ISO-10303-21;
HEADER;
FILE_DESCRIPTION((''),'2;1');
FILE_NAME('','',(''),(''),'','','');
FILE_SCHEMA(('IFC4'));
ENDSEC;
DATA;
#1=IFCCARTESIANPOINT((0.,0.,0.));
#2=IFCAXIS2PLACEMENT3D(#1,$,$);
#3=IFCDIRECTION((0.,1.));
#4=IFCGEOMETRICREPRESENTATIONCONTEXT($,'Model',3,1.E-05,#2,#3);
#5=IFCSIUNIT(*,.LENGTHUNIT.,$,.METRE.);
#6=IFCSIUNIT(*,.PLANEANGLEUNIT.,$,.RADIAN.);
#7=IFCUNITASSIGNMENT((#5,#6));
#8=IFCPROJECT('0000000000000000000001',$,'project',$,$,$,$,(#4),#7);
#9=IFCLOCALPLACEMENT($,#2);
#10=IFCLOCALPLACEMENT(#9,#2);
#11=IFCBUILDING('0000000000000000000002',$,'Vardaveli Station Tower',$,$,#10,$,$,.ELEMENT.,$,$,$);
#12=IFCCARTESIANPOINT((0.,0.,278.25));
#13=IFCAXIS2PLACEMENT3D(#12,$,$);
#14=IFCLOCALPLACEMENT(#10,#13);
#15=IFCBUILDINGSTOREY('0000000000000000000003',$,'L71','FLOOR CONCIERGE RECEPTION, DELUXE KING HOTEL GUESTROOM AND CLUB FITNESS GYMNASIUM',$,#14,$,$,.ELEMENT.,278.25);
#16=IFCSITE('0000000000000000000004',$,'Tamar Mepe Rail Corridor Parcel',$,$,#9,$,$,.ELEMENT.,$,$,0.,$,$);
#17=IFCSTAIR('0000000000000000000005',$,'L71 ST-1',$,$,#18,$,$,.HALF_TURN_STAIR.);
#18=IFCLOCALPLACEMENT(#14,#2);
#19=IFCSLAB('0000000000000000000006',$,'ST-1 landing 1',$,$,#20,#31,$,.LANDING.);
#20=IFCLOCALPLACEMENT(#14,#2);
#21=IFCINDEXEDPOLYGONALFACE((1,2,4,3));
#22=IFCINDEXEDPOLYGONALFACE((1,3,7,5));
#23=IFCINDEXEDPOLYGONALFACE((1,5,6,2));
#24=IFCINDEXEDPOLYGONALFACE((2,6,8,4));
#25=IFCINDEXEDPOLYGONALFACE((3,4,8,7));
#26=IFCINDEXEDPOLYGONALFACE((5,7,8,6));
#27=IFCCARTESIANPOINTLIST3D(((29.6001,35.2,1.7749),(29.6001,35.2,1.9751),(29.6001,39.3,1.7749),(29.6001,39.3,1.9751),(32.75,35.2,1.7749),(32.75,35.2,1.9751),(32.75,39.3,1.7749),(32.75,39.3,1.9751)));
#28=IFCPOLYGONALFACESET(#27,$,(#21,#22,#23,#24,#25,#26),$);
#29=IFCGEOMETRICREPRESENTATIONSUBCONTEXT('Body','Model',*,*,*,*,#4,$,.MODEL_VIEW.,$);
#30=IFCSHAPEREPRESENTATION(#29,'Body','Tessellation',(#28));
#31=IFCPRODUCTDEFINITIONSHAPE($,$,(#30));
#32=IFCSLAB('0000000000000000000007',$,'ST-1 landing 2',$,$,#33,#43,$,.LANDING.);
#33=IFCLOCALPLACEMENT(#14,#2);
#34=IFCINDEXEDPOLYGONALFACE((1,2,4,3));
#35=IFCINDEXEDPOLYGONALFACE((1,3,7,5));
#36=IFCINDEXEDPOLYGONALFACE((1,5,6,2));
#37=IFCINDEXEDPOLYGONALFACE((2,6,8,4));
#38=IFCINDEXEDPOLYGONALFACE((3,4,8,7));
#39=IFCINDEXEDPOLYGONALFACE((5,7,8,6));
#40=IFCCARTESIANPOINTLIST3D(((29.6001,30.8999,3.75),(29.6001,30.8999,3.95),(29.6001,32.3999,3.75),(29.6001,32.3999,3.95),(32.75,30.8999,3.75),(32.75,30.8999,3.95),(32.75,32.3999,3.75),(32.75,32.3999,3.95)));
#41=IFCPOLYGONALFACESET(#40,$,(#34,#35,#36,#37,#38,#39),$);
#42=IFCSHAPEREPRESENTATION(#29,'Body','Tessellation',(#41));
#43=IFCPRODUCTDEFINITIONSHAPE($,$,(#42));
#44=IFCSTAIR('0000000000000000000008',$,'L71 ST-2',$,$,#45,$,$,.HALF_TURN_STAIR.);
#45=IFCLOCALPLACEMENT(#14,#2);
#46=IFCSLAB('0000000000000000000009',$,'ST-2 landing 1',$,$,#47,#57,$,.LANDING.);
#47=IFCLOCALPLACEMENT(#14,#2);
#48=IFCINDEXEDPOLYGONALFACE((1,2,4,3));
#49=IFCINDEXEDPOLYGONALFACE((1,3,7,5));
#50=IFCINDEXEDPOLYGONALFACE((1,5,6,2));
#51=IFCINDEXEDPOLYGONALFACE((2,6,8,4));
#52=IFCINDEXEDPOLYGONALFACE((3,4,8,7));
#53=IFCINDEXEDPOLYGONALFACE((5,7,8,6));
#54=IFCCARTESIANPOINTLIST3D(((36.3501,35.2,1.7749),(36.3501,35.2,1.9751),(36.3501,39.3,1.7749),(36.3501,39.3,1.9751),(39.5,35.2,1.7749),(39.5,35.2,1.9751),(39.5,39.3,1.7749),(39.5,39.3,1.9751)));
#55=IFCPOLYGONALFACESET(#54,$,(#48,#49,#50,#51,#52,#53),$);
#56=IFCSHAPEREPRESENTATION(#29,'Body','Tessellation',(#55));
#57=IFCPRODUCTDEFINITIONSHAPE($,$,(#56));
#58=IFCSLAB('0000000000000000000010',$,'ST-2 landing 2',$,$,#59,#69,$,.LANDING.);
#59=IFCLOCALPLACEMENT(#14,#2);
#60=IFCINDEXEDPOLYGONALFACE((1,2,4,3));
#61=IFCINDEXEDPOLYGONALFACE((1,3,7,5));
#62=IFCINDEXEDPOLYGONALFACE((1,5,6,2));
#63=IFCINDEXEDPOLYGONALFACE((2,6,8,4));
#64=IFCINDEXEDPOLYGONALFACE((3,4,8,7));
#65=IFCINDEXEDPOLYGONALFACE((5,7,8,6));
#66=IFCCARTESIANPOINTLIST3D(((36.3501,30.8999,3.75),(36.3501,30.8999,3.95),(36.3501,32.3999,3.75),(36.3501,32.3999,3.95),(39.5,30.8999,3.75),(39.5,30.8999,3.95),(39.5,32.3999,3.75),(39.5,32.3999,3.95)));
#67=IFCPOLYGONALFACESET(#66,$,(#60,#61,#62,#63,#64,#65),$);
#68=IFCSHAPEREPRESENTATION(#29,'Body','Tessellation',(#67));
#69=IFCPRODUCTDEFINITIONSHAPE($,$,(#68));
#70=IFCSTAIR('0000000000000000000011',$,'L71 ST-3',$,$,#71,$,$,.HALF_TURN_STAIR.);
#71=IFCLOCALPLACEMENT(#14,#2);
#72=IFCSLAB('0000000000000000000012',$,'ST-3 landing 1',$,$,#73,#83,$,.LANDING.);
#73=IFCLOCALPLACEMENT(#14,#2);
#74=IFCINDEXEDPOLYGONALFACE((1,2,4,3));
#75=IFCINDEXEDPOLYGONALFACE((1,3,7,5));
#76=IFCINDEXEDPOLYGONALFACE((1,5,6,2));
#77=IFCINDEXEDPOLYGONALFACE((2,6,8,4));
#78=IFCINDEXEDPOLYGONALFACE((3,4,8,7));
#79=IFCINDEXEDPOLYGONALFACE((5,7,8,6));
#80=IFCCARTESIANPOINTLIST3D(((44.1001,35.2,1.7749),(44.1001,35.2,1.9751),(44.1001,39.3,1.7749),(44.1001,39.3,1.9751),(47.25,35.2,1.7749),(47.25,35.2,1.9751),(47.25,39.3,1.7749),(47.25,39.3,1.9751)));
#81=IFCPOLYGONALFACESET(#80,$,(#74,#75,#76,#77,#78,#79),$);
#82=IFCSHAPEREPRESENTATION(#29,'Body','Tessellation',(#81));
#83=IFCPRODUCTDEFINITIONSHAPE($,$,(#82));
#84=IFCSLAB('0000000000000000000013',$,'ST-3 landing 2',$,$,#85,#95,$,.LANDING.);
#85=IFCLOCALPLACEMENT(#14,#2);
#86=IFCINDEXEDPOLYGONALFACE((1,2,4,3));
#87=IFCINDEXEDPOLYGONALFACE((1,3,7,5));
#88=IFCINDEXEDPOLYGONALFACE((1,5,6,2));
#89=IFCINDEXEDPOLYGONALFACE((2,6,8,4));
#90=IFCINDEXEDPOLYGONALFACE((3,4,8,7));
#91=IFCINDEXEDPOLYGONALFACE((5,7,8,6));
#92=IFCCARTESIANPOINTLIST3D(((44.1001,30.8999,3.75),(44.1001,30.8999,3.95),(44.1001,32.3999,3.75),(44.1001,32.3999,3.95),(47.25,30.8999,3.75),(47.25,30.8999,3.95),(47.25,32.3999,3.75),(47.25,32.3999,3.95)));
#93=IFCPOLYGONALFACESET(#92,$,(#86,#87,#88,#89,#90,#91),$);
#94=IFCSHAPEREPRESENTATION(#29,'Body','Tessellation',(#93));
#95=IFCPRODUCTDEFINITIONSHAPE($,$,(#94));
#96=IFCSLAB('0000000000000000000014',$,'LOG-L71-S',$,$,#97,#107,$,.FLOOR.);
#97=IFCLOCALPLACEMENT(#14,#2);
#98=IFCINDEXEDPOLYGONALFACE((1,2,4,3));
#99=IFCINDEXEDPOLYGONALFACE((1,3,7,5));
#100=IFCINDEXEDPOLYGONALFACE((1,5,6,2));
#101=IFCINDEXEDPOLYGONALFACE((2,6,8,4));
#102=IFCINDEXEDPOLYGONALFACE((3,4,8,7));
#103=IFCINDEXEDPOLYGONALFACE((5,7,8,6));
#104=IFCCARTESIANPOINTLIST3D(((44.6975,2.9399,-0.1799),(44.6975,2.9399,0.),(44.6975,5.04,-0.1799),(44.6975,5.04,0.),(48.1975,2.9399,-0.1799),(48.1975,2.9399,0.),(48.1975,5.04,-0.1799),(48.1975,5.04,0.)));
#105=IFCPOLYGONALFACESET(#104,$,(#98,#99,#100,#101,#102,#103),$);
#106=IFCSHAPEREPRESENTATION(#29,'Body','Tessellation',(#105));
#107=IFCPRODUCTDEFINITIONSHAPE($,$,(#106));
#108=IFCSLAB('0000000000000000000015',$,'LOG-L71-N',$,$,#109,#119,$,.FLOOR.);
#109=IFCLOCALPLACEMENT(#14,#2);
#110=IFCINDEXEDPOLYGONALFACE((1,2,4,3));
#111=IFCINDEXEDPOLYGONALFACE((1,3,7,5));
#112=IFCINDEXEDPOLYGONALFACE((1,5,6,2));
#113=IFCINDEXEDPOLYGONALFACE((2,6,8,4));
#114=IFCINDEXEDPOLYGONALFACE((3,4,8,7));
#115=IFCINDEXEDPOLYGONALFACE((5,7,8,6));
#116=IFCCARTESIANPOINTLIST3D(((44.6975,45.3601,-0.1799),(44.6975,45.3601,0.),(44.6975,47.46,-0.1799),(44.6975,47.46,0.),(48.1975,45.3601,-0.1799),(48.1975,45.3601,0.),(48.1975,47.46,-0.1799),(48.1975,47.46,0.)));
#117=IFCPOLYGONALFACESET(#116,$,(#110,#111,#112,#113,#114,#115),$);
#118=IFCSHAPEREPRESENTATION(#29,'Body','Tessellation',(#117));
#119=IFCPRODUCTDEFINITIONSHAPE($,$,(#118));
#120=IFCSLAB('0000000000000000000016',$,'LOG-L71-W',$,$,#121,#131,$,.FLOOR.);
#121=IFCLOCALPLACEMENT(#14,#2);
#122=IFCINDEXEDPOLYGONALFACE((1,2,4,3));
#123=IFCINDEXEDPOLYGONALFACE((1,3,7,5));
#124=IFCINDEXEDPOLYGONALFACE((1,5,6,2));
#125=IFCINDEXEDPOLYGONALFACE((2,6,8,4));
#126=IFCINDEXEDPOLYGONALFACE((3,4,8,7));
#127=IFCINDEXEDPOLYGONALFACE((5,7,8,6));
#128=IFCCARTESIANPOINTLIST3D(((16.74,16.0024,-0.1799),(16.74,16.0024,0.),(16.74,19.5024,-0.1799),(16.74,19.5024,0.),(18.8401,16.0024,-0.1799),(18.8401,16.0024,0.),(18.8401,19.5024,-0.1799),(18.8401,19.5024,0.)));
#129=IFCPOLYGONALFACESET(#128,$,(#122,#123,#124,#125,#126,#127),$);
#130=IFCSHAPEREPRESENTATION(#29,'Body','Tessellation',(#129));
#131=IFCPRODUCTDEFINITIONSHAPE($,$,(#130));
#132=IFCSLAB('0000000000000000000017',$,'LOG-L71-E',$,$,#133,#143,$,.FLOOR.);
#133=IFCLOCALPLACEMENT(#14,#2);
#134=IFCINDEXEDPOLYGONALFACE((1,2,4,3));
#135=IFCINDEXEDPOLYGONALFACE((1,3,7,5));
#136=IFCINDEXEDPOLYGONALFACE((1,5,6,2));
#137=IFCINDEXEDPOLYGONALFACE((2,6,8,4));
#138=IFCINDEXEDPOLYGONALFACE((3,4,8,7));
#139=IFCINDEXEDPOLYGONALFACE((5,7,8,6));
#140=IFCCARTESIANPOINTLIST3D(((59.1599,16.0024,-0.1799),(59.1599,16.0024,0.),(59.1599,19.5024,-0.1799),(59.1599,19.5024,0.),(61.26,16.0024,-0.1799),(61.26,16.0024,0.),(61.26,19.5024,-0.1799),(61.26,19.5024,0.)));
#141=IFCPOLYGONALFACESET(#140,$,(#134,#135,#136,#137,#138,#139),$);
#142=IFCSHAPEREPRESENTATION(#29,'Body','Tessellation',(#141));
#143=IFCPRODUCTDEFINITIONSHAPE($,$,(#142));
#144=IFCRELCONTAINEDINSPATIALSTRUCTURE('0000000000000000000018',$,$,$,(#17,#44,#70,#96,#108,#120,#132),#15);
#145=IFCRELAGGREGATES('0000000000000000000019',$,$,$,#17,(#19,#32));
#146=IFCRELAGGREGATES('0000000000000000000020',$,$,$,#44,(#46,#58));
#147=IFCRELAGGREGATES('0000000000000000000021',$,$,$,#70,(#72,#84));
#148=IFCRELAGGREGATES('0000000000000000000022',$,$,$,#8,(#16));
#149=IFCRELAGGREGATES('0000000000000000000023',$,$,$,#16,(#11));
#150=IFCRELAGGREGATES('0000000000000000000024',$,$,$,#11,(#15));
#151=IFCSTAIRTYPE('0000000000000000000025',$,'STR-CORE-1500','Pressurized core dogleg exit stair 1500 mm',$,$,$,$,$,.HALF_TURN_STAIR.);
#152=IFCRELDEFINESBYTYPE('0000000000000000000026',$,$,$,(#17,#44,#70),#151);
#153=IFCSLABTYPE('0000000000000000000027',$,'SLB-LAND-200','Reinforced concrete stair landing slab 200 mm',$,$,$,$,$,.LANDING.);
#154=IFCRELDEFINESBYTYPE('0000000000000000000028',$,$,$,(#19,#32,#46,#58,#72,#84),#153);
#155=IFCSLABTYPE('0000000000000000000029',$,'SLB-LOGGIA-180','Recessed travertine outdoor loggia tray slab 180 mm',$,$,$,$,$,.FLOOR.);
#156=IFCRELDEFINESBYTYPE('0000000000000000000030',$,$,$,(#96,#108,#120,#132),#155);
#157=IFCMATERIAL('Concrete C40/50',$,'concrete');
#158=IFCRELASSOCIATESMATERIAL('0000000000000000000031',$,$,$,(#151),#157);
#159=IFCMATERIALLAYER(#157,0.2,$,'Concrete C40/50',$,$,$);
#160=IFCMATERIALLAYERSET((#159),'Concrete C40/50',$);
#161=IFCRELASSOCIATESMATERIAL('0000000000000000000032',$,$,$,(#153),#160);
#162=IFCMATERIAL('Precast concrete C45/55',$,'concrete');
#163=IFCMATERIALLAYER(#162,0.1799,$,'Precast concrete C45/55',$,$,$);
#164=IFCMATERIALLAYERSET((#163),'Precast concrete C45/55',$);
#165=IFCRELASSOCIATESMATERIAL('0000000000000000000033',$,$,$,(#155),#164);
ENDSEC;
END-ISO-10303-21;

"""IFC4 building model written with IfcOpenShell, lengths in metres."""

from ifc_helpers import new_model, si_unit, direction, frame, origin, place, context, subcontext, project, spatial, polyline, outline, extrude, material, layer, layer_set, type_object, element, aggregate, save


model = new_model("IFC4")

# Units and contexts
model_context = context("Model", 3, precision=1e-05, world=origin(), true_north=direction((0.0, 1.0)))
body_context = subcontext(model_context, "Body", "Model", "MODEL_VIEW")
ifc_project = project(units=[si_unit("LENGTHUNIT", "METRE"), si_unit("PLANEANGLEUNIT", "RADIAN")], contexts=[model_context])

# Site, building, storey
site_placement = place(None, origin())
site = spatial("IfcSite", under=ifc_project, at=site_placement, Name="Tamar Mepe Rail Corridor Parcel", CompositionType="ELEMENT", RefElevation=0.0)
building_placement = place(site_placement, origin())
building = spatial("IfcBuilding", under=site, at=building_placement, Name="Vardaveli Station Tower", CompositionType="ELEMENT")
storey_placement = place(building_placement, frame((0.0, 0.0, 278.25)))
storey = spatial("IfcBuildingStorey", under=building, at=storey_placement, Name="L71", Description="FLOOR CONCIERGE RECEPTION, DELUXE KING HOTEL GUESTROOM AND CLUB FITNESS GYMNASIUM", CompositionType="ELEMENT", Elevation=278.25)

# Stairs, slabs
ifc_material_1 = material(Name="Concrete C40/50", Category="concrete")
stair_type = type_object("IfcStairType", Name="STR-CORE-1500", Description="Pressurized core dogleg exit stair 1500 mm", PredefinedType="HALF_TURN_STAIR", material=ifc_material_1)
stair_1_placement = place(storey_placement, origin())
stair_1 = element("IfcStair", 1, at=stair_1_placement, inside=storey, type_object=stair_type, Name="L71 ST-1", PredefinedType="HALF_TURN_STAIR")
ifc_layer_1 = layer(ifc_material_1, 0.2, Name="Concrete C40/50")
ifc_layer_set_1 = layer_set([ifc_layer_1], Name="Concrete C40/50")
slab_type_1 = type_object("IfcSlabType", Name="SLB-LAND-200", Description="Reinforced concrete stair landing slab 200 mm", PredefinedType="LANDING", material=ifc_layer_set_1)
slab_1_placement = place(storey_placement, frame((0.0, 0.0, 1.7749)))
slab_1 = element("IfcSlab", 2, at=slab_1_placement, type_object=slab_type_1, Name="ST-1 landing 1", PredefinedType="LANDING", context=body_context, shape_type="SweptSolid", body=[
    extrude(outline(polyline([(32.75, 35.2), (32.75, 39.3), (29.6001, 39.3), (29.6001, 35.2), (32.75, 35.2)])), origin(), (0.0, 0.0, 1.0), 0.2002),
])
slab_2_placement = place(storey_placement, frame((0.0, 0.0, 3.75)))
slab_2 = element("IfcSlab", 3, at=slab_2_placement, type_object=slab_type_1, Name="ST-1 landing 2", PredefinedType="LANDING", context=body_context, shape_type="SweptSolid", body=[
    extrude(outline(polyline([(32.75, 30.8999), (32.75, 32.3999), (29.6001, 32.3999), (29.6001, 30.8999), (32.75, 30.8999)])), origin(), (0.0, 0.0, 1.0), 0.2),
])
aggregate(stair_1, [slab_1, slab_2])
stair_2_placement = place(storey_placement, origin())
stair_2 = element("IfcStair", 4, at=stair_2_placement, inside=storey, type_object=stair_type, Name="L71 ST-2", PredefinedType="HALF_TURN_STAIR")
slab_3_placement = place(storey_placement, frame((0.0, 0.0, 1.7749)))
slab_3 = element("IfcSlab", 5, at=slab_3_placement, type_object=slab_type_1, Name="ST-2 landing 1", PredefinedType="LANDING", context=body_context, shape_type="SweptSolid", body=[
    extrude(outline(polyline([(39.5, 35.2), (39.5, 39.3), (36.3501, 39.3), (36.3501, 35.2), (39.5, 35.2)])), origin(), (0.0, 0.0, 1.0), 0.2002),
])
slab_4_placement = place(storey_placement, frame((0.0, 0.0, 3.75)))
slab_4 = element("IfcSlab", 6, at=slab_4_placement, type_object=slab_type_1, Name="ST-2 landing 2", PredefinedType="LANDING", context=body_context, shape_type="SweptSolid", body=[
    extrude(outline(polyline([(39.5, 30.8999), (39.5, 32.3999), (36.3501, 32.3999), (36.3501, 30.8999), (39.5, 30.8999)])), origin(), (0.0, 0.0, 1.0), 0.2),
])
aggregate(stair_2, [slab_3, slab_4])
stair_3_placement = place(storey_placement, origin())
stair_3 = element("IfcStair", 7, at=stair_3_placement, inside=storey, type_object=stair_type, Name="L71 ST-3", PredefinedType="HALF_TURN_STAIR")
slab_5_placement = place(storey_placement, frame((0.0, 0.0, 1.7749)))
slab_5 = element("IfcSlab", 8, at=slab_5_placement, type_object=slab_type_1, Name="ST-3 landing 1", PredefinedType="LANDING", context=body_context, shape_type="SweptSolid", body=[
    extrude(outline(polyline([(47.25, 35.2), (47.25, 39.3), (44.1001, 39.3), (44.1001, 35.2), (47.25, 35.2)])), origin(), (0.0, 0.0, 1.0), 0.2002),
])
slab_6_placement = place(storey_placement, frame((0.0, 0.0, 3.75)))
slab_6 = element("IfcSlab", 9, at=slab_6_placement, type_object=slab_type_1, Name="ST-3 landing 2", PredefinedType="LANDING", context=body_context, shape_type="SweptSolid", body=[
    extrude(outline(polyline([(47.25, 30.8999), (47.25, 32.3999), (44.1001, 32.3999), (44.1001, 30.8999), (47.25, 30.8999)])), origin(), (0.0, 0.0, 1.0), 0.2),
])
aggregate(stair_3, [slab_5, slab_6])

# Slabs
ifc_material_2 = material(Name="Precast concrete C45/55", Category="concrete")
ifc_layer_2 = layer(ifc_material_2, 0.1799, Name="Precast concrete C45/55")
ifc_layer_set_2 = layer_set([ifc_layer_2], Name="Precast concrete C45/55")
slab_type_2 = type_object("IfcSlabType", Name="SLB-LOGGIA-180", Description="Recessed travertine outdoor loggia tray slab 180 mm", PredefinedType="FLOOR", material=ifc_layer_set_2)
slab_7_placement = place(storey_placement, frame((0.0, 0.0, -0.1799)))
element("IfcSlab", 10, at=slab_7_placement, inside=storey, type_object=slab_type_2, Name="LOG-L71-S", PredefinedType="FLOOR", context=body_context, shape_type="SweptSolid", body=[
    extrude(outline(polyline([(44.6975, 2.9399), (48.1975, 2.9399), (48.1975, 5.04), (44.6975, 5.04), (44.6975, 2.9399)])), origin(), (0.0, 0.0, 1.0), 0.1799),
])
slab_8_placement = place(storey_placement, frame((0.0, 0.0, -0.1799)))
element("IfcSlab", 11, at=slab_8_placement, inside=storey, type_object=slab_type_2, Name="LOG-L71-N", PredefinedType="FLOOR", context=body_context, shape_type="SweptSolid", body=[
    extrude(outline(polyline([(44.6975, 45.3601), (48.1975, 45.3601), (48.1975, 47.46), (44.6975, 47.46), (44.6975, 45.3601)])), origin(), (0.0, 0.0, 1.0), 0.1799),
])
slab_9_placement = place(storey_placement, frame((0.0, 0.0, -0.1799)))
element("IfcSlab", 12, at=slab_9_placement, inside=storey, type_object=slab_type_2, Name="LOG-L71-W", PredefinedType="FLOOR", context=body_context, shape_type="SweptSolid", body=[
    extrude(outline(polyline([(16.74, 16.0024), (18.8401, 16.0024), (18.8401, 19.5024), (16.74, 19.5024), (16.74, 16.0024)])), origin(), (0.0, 0.0, 1.0), 0.1799),
])
slab_10_placement = place(storey_placement, frame((0.0, 0.0, -0.1799)))
element("IfcSlab", 13, at=slab_10_placement, inside=storey, type_object=slab_type_2, Name="LOG-L71-E", PredefinedType="FLOOR", context=body_context, shape_type="SweptSolid", body=[
    extrude(outline(polyline([(59.1599, 16.0024), (61.26, 16.0024), (61.26, 19.5024), (59.1599, 19.5024), (59.1599, 16.0024)])), origin(), (0.0, 0.0, 1.0), 0.1799),
])

save(model, "model.ifc")
